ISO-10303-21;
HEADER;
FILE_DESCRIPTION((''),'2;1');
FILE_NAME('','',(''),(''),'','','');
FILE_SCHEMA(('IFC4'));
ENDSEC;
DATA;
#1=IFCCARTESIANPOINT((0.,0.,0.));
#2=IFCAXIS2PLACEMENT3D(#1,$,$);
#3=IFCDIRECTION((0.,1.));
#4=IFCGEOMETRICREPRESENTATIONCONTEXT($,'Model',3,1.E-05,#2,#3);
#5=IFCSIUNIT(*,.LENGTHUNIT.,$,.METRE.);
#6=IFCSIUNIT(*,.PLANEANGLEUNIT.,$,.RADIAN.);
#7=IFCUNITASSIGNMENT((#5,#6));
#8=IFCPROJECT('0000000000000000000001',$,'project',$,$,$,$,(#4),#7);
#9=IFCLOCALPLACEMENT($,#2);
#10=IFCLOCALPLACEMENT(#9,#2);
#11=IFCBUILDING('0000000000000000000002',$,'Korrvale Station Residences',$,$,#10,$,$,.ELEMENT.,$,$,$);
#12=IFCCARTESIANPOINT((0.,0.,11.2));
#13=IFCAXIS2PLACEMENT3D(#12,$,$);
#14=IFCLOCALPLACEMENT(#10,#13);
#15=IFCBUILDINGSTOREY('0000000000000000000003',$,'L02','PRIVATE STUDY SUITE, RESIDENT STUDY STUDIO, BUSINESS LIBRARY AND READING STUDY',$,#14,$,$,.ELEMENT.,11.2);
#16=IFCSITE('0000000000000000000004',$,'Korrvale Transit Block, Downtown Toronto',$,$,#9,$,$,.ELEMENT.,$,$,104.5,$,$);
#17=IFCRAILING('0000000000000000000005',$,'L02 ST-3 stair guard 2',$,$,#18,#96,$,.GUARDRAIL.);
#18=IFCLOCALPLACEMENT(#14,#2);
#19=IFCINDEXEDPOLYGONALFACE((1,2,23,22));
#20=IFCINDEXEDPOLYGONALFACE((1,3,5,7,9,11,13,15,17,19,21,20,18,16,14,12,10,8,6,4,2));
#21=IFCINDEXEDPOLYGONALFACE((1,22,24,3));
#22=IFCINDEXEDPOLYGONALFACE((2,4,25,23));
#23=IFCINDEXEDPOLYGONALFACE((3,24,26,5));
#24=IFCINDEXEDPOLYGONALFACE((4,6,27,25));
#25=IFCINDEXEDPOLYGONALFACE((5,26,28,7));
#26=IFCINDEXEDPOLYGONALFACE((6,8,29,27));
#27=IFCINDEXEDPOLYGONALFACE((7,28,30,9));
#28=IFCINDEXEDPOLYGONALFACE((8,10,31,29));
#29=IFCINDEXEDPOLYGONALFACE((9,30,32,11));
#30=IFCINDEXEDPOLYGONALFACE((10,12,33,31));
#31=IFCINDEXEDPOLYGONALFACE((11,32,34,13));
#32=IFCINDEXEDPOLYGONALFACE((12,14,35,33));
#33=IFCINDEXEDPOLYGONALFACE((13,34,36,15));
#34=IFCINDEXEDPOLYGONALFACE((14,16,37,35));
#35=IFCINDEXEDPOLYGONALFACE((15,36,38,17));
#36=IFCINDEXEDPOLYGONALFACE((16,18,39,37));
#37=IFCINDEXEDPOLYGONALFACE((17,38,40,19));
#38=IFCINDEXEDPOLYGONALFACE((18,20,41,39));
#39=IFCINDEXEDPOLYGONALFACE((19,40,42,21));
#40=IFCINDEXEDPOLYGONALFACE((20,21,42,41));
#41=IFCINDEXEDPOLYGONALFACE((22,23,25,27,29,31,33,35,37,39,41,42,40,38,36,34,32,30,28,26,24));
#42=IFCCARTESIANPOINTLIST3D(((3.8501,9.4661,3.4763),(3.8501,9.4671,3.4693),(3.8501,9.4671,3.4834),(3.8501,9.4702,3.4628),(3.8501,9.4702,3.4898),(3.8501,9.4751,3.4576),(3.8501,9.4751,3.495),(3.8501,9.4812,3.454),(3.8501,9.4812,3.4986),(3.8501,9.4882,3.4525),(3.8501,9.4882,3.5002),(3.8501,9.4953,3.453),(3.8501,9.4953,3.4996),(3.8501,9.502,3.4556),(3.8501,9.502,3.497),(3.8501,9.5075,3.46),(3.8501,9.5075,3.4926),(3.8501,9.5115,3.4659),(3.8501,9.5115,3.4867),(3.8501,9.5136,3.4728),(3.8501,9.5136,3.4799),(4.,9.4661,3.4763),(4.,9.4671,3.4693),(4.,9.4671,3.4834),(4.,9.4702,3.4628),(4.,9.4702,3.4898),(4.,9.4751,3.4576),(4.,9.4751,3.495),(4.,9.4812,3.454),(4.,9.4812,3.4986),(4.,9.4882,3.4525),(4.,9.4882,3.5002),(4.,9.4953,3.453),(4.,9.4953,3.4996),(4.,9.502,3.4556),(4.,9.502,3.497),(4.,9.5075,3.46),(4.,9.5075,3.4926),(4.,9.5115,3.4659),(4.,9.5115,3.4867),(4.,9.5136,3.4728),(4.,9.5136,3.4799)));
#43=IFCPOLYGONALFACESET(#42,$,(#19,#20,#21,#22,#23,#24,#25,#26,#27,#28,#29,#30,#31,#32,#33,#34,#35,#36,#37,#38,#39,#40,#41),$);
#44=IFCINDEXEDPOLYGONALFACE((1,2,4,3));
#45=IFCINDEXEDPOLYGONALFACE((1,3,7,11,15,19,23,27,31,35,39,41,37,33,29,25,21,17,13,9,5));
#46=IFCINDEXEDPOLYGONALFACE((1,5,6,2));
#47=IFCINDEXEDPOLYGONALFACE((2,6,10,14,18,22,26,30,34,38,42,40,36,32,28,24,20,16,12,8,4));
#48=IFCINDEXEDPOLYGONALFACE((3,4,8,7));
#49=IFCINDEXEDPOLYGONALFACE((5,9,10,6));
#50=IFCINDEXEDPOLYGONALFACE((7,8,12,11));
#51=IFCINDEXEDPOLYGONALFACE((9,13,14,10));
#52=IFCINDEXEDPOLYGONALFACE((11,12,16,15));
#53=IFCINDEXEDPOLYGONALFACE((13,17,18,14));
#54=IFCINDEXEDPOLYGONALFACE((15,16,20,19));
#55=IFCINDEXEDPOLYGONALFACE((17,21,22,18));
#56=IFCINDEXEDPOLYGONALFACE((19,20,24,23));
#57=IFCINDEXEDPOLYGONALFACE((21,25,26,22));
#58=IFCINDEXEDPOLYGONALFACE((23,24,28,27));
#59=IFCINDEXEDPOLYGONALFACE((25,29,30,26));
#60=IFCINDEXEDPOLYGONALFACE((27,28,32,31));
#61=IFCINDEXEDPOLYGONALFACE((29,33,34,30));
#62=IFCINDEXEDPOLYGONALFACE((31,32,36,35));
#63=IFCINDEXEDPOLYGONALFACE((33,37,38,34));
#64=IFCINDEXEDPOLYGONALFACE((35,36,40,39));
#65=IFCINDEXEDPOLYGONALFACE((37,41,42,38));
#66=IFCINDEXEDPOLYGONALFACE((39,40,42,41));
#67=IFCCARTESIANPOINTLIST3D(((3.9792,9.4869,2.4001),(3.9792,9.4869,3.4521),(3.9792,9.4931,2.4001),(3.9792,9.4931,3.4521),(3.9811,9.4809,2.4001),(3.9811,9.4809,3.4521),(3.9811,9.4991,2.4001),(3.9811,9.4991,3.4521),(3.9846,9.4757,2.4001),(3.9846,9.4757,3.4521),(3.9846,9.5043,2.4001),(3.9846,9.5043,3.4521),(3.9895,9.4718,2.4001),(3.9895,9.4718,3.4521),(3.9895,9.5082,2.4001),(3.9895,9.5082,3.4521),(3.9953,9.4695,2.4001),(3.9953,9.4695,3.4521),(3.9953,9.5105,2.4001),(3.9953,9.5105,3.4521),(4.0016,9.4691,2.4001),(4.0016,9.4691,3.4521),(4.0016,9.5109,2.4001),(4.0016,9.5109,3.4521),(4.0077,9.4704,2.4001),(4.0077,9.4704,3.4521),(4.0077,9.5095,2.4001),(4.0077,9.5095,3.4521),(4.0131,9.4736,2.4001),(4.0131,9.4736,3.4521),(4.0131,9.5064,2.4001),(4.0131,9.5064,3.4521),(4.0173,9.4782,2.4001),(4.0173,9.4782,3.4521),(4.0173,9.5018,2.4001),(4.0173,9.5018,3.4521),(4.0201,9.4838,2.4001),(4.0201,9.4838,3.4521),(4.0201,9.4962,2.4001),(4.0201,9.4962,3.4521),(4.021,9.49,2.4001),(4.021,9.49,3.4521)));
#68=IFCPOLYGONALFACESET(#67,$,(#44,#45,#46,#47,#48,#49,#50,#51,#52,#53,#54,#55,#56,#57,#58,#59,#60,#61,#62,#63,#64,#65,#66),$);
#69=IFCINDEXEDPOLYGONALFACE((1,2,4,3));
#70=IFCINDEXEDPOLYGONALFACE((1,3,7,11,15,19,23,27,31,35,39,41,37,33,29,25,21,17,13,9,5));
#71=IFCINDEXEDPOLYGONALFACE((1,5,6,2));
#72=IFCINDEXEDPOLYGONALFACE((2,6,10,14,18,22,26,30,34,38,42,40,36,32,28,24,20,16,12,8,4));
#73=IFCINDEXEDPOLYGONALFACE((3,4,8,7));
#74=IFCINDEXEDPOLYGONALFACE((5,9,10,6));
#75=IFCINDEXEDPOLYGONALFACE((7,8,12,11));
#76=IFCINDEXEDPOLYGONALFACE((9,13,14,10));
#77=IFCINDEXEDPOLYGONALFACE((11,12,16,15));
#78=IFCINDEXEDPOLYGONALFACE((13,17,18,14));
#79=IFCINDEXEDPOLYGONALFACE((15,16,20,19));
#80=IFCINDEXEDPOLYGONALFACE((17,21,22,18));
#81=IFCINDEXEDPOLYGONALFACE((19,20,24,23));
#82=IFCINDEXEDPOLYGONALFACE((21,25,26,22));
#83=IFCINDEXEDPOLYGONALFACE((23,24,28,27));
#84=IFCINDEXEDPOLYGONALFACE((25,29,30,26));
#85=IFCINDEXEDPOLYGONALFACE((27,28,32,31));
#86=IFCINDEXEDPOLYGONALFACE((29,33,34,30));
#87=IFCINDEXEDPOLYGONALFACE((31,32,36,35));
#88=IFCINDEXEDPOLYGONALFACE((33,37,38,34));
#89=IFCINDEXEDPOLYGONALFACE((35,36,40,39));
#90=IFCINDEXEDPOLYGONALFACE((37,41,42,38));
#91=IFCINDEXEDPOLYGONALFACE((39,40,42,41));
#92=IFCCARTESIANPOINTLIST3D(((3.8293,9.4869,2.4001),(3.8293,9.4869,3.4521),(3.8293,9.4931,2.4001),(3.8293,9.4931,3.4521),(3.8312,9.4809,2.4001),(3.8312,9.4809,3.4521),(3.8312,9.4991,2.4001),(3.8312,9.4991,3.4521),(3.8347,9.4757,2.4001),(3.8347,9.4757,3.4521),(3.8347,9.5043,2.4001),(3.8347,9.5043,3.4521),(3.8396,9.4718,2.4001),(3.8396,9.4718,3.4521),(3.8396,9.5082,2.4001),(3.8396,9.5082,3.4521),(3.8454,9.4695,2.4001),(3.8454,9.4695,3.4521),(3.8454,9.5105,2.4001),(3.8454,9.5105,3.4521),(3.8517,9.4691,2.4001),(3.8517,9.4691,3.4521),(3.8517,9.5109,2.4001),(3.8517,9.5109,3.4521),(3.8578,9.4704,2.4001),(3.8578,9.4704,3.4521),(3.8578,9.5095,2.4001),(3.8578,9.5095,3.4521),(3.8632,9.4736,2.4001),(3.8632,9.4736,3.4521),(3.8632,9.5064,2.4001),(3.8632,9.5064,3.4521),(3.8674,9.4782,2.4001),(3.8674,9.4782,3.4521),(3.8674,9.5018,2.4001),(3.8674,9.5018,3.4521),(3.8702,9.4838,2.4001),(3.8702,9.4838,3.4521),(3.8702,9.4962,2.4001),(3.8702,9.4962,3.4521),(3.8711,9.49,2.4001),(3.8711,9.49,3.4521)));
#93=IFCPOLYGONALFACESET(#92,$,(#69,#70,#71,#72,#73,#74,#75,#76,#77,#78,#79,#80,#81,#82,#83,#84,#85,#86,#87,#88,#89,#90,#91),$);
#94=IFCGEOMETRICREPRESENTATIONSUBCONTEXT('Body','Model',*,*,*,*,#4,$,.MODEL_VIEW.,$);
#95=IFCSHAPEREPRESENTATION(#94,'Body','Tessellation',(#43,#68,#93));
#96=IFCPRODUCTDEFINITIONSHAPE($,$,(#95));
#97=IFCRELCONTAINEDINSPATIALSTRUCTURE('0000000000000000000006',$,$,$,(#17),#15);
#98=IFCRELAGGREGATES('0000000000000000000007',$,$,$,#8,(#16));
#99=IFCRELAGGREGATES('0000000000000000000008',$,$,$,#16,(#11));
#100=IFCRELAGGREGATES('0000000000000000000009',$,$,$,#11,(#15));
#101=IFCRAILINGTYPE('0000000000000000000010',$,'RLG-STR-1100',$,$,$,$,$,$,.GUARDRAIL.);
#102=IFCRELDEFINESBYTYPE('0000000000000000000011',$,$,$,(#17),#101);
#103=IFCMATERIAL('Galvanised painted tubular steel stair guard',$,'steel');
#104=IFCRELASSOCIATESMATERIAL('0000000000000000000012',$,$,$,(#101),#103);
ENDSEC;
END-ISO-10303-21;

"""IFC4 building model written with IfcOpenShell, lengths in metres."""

from ifc_helpers import new_model, si_unit, direction, frame, origin, origin_2d, place, context, subcontext, project, spatial, circle, extrude, material, type_object, element, save


model = new_model("IFC4")

# Units and contexts
model_context = context("Model", 3, precision=1e-05, world=origin(), true_north=direction((0.0, 1.0)))
body_context = subcontext(model_context, "Body", "Model", "MODEL_VIEW")
ifc_project = project(units=[si_unit("LENGTHUNIT", "METRE"), si_unit("PLANEANGLEUNIT", "RADIAN")], contexts=[model_context])

# Site, building, storey
site_placement = place(None, origin())
site = spatial("IfcSite", under=ifc_project, at=site_placement, Name="Korrvale Transit Block, Downtown Toronto", CompositionType="ELEMENT", RefElevation=104.5)
building_placement = place(site_placement, origin())
building = spatial("IfcBuilding", under=site, at=building_placement, Name="Korrvale Station Residences", CompositionType="ELEMENT")
storey_placement = place(building_placement, frame((0.0, 0.0, 11.2)))
storey = spatial("IfcBuildingStorey", under=building, at=storey_placement, Name="L02", Description="PRIVATE STUDY SUITE, RESIDENT STUDY STUDIO, BUSINESS LIBRARY AND READING STUDY", CompositionType="ELEMENT", Elevation=11.2)

# Railing
ifc_material_1 = material(Name="Galvanised painted tubular steel stair guard", Category="steel")
railing_type_1 = type_object("IfcRailingType", Name="RLG-STR-1100", PredefinedType="GUARDRAIL", material=ifc_material_1)
railing_1_placement = place(storey_placement, frame((4.0, 9.49, 2.4001)))
element("IfcRailing", 1, at=railing_1_placement, inside=storey, type_object=railing_type_1, Name="L02 ST-3 stair guard 2", PredefinedType="GUARDRAIL", context=body_context, shape_type="SweptSolid", body=[
    extrude(circle(Radius=0.0239, at=origin_2d()), frame((0.0, 0.0, 1.0762), z_axis=(-1.0, 0.0, 0.0), x_axis=(0.0, -1.0, 0.0)), (0.0, 0.0, 1.0), 0.1499),
    extrude(circle(Radius=0.021, at=origin_2d()), origin(), (0.0, 0.0, 1.0), 1.052),
    extrude(circle(Radius=0.021, at=origin_2d()), frame((-0.1499, 0.0, 0.0)), (0.0, 0.0, 1.0), 1.052),
])

save(model, "model.ifc")
